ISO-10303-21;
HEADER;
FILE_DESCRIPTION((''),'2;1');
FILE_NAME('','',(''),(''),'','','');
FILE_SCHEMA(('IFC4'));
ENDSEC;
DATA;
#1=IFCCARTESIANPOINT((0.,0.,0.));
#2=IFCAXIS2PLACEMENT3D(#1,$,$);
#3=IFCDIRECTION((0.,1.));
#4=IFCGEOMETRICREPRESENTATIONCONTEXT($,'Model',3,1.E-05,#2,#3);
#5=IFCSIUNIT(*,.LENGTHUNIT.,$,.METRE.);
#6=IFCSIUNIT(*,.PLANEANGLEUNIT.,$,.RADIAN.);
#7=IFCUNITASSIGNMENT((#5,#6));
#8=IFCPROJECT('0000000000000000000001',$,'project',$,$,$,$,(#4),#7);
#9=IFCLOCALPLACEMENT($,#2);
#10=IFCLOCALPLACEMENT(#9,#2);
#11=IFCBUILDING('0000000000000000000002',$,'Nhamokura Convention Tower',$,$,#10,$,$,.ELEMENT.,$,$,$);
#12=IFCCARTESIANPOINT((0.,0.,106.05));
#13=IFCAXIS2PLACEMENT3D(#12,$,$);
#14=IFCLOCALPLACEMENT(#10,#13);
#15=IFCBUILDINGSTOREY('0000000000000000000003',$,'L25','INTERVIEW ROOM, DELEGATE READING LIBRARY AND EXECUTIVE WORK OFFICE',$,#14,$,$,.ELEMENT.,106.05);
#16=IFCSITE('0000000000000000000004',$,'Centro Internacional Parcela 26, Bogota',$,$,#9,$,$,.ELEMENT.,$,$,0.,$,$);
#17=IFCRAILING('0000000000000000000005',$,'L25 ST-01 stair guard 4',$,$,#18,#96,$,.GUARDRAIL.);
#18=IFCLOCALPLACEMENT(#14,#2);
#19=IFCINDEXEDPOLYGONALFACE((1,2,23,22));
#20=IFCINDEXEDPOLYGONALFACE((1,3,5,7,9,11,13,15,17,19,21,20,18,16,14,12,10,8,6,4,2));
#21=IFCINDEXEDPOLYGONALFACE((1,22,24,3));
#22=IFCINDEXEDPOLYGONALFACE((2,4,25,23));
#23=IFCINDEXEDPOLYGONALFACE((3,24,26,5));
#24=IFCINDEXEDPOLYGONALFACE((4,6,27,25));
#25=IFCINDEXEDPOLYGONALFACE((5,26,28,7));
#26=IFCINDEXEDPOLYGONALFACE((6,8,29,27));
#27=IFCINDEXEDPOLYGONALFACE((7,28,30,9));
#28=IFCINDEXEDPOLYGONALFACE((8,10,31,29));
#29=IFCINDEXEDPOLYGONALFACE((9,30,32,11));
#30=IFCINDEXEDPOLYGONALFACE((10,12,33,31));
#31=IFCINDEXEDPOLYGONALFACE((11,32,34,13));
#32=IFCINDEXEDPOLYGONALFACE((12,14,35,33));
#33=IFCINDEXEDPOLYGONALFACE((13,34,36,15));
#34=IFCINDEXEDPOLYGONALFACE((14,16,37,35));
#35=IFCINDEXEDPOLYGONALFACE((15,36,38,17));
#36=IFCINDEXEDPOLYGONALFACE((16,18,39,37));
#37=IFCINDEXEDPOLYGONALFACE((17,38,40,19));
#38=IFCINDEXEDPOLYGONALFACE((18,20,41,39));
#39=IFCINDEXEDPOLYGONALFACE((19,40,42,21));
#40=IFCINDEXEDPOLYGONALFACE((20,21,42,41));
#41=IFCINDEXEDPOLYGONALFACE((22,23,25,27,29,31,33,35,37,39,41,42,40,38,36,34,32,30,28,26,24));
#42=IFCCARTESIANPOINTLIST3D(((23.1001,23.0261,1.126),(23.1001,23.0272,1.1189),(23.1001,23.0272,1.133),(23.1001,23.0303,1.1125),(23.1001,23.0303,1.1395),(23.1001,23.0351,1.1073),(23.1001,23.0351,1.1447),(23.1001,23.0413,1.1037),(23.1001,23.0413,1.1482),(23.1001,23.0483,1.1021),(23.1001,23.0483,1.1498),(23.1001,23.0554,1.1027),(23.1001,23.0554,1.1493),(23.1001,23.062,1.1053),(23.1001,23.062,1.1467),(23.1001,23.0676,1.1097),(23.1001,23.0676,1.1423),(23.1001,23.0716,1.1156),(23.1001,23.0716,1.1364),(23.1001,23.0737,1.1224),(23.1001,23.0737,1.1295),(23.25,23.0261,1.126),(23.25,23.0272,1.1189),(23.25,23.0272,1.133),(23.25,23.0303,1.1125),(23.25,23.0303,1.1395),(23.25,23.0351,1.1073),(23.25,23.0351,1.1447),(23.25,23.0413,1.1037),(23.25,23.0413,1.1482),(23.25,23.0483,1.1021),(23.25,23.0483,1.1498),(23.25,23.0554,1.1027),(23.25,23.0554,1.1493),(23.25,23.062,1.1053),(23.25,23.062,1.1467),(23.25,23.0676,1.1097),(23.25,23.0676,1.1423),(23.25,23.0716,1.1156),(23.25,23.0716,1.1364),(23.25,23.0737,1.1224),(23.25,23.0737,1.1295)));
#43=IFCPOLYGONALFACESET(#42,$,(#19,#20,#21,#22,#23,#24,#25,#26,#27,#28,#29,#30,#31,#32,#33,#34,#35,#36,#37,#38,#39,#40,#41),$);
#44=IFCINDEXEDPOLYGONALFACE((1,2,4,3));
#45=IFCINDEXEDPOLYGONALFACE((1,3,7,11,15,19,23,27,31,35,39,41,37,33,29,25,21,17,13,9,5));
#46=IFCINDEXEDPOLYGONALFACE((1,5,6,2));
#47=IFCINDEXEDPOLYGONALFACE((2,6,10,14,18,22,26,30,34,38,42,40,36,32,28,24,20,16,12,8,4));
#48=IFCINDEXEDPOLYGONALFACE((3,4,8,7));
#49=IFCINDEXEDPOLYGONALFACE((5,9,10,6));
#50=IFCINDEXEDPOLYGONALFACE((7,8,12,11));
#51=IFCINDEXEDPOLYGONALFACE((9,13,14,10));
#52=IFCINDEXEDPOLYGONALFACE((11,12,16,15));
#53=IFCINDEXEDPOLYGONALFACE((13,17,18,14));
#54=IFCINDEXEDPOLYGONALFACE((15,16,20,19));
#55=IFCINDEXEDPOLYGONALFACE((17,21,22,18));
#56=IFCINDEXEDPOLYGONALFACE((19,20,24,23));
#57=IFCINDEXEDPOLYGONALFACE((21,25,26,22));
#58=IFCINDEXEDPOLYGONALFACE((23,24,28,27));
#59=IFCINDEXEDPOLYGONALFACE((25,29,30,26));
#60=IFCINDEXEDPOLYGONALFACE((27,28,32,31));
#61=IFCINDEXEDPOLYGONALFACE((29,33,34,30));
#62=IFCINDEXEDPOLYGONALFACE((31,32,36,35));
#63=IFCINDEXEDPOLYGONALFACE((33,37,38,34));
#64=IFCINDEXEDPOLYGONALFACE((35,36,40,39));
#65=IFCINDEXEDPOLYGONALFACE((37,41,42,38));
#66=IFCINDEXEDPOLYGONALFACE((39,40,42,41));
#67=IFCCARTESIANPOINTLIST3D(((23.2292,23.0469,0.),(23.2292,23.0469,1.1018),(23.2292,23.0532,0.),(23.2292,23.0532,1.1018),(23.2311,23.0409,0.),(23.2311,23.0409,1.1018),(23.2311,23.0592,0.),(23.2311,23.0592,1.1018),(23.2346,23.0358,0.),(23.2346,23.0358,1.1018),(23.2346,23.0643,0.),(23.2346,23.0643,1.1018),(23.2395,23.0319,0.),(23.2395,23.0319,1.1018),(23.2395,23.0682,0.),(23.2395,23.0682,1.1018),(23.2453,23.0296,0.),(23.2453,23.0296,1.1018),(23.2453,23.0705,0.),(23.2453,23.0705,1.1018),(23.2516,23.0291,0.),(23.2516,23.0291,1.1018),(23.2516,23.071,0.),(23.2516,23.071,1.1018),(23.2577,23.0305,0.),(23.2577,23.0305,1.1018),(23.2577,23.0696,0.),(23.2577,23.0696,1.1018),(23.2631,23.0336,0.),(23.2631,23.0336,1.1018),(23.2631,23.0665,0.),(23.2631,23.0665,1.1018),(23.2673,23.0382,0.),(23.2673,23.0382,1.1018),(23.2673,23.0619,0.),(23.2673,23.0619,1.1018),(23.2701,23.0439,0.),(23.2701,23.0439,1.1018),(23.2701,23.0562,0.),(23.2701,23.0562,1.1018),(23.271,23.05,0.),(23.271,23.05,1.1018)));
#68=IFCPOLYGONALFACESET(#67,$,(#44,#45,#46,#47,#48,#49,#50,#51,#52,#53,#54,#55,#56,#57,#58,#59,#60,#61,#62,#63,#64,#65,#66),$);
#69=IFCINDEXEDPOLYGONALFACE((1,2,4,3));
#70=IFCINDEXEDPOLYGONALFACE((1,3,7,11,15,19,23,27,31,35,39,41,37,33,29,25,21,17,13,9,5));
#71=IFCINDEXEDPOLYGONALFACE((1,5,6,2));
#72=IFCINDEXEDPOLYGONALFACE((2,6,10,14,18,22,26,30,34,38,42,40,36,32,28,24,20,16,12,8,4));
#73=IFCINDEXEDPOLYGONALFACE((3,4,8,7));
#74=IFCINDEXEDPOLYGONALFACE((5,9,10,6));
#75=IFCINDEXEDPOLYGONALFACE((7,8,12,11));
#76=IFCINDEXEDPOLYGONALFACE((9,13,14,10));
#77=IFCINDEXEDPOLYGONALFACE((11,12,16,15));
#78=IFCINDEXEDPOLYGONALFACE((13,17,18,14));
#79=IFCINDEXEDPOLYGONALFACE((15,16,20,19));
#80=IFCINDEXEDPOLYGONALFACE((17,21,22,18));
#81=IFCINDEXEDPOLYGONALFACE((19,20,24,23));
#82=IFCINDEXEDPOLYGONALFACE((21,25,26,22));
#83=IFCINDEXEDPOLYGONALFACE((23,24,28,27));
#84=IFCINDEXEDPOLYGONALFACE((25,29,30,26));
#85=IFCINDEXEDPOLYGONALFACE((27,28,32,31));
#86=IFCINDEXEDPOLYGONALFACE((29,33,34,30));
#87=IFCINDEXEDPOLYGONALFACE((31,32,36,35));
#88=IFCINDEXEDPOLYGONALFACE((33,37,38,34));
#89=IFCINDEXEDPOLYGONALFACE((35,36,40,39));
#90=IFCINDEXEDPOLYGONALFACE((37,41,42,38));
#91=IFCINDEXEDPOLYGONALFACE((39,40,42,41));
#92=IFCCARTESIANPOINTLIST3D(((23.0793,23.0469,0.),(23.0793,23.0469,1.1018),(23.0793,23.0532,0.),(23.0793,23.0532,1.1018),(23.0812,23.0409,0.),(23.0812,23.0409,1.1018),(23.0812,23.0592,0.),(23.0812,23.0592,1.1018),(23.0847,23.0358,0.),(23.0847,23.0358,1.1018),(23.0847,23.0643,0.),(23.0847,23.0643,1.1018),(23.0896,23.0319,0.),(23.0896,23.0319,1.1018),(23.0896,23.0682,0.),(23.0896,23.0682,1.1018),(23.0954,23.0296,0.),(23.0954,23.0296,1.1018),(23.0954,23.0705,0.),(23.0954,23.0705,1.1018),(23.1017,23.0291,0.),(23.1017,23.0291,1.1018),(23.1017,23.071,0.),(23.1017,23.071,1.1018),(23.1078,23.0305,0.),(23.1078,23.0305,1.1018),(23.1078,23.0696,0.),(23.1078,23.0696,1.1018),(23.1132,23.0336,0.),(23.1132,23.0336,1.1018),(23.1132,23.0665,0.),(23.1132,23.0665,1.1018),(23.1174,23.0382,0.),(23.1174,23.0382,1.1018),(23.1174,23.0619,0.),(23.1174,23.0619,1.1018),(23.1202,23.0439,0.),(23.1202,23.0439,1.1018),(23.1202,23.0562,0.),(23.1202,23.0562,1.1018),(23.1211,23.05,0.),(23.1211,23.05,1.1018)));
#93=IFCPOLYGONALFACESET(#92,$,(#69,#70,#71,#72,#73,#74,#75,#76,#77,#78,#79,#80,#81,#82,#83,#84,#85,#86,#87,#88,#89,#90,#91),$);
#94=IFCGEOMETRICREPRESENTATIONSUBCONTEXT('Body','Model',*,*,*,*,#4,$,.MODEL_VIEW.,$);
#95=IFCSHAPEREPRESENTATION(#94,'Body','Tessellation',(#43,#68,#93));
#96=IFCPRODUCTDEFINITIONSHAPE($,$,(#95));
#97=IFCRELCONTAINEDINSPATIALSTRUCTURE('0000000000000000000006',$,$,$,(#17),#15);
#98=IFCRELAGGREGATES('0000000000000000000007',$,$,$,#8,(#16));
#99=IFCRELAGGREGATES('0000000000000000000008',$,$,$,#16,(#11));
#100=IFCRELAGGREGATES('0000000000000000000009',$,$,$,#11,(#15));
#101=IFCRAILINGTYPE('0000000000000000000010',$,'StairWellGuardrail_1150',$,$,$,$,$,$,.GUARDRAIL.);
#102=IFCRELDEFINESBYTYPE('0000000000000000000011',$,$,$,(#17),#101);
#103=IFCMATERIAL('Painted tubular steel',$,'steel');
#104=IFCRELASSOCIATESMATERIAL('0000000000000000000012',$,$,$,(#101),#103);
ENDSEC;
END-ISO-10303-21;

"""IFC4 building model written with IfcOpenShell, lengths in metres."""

from ifc_helpers import new_model, si_unit, direction, frame, origin, origin_2d, place, context, subcontext, project, spatial, circle, extrude, material, type_object, element, save


model = new_model("IFC4")

# Units and contexts
model_context = context("Model", 3, precision=1e-05, world=origin(), true_north=direction((0.0, 1.0)))
body_context = subcontext(model_context, "Body", "Model", "MODEL_VIEW")
ifc_project = project(units=[si_unit("LENGTHUNIT", "METRE"), si_unit("PLANEANGLEUNIT", "RADIAN")], contexts=[model_context])

# Site, building, storey
site_placement = place(None, origin())
site = spatial("IfcSite", under=ifc_project, at=site_placement, Name="Centro Internacional Parcela 26, Bogota", CompositionType="ELEMENT", RefElevation=0.0)
building_placement = place(site_placement, origin())
building = spatial("IfcBuilding", under=site, at=building_placement, Name="Nhamokura Convention Tower", CompositionType="ELEMENT")
storey_placement = place(building_placement, frame((0.0, 0.0, 106.05)))
storey = spatial("IfcBuildingStorey", under=building, at=storey_placement, Name="L25", Description="INTERVIEW ROOM, DELEGATE READING LIBRARY AND EXECUTIVE WORK OFFICE", CompositionType="ELEMENT", Elevation=106.05)

# Railing
ifc_material_1 = material(Name="Painted tubular steel", Category="steel")
railing_type_1 = type_object("IfcRailingType", Name="StairWellGuardrail_1150", PredefinedType="GUARDRAIL", material=ifc_material_1)
railing_1_placement = place(storey_placement, frame((23.25, 23.05, 0.0)))
element("IfcRailing", 1, at=railing_1_placement, inside=storey, type_object=railing_type_1, Name="L25 ST-01 stair guard 4", PredefinedType="GUARDRAIL", context=body_context, shape_type="SweptSolid", body=[
    extrude(circle(Radius=0.0239, at=origin_2d()), frame((0.0, 0.0, 1.126), z_axis=(-1.0, 0.0, 0.0), x_axis=(0.0, -1.0, 0.0)), (0.0, 0.0, 1.0), 0.1499),
    extrude(circle(Radius=0.021, at=origin_2d()), origin(), (0.0, 0.0, 1.0), 1.1018),
    extrude(circle(Radius=0.021, at=origin_2d()), frame((-0.1499, 0.0, 0.0)), (0.0, 0.0, 1.0), 1.1018),
])

save(model, "model.ifc")
